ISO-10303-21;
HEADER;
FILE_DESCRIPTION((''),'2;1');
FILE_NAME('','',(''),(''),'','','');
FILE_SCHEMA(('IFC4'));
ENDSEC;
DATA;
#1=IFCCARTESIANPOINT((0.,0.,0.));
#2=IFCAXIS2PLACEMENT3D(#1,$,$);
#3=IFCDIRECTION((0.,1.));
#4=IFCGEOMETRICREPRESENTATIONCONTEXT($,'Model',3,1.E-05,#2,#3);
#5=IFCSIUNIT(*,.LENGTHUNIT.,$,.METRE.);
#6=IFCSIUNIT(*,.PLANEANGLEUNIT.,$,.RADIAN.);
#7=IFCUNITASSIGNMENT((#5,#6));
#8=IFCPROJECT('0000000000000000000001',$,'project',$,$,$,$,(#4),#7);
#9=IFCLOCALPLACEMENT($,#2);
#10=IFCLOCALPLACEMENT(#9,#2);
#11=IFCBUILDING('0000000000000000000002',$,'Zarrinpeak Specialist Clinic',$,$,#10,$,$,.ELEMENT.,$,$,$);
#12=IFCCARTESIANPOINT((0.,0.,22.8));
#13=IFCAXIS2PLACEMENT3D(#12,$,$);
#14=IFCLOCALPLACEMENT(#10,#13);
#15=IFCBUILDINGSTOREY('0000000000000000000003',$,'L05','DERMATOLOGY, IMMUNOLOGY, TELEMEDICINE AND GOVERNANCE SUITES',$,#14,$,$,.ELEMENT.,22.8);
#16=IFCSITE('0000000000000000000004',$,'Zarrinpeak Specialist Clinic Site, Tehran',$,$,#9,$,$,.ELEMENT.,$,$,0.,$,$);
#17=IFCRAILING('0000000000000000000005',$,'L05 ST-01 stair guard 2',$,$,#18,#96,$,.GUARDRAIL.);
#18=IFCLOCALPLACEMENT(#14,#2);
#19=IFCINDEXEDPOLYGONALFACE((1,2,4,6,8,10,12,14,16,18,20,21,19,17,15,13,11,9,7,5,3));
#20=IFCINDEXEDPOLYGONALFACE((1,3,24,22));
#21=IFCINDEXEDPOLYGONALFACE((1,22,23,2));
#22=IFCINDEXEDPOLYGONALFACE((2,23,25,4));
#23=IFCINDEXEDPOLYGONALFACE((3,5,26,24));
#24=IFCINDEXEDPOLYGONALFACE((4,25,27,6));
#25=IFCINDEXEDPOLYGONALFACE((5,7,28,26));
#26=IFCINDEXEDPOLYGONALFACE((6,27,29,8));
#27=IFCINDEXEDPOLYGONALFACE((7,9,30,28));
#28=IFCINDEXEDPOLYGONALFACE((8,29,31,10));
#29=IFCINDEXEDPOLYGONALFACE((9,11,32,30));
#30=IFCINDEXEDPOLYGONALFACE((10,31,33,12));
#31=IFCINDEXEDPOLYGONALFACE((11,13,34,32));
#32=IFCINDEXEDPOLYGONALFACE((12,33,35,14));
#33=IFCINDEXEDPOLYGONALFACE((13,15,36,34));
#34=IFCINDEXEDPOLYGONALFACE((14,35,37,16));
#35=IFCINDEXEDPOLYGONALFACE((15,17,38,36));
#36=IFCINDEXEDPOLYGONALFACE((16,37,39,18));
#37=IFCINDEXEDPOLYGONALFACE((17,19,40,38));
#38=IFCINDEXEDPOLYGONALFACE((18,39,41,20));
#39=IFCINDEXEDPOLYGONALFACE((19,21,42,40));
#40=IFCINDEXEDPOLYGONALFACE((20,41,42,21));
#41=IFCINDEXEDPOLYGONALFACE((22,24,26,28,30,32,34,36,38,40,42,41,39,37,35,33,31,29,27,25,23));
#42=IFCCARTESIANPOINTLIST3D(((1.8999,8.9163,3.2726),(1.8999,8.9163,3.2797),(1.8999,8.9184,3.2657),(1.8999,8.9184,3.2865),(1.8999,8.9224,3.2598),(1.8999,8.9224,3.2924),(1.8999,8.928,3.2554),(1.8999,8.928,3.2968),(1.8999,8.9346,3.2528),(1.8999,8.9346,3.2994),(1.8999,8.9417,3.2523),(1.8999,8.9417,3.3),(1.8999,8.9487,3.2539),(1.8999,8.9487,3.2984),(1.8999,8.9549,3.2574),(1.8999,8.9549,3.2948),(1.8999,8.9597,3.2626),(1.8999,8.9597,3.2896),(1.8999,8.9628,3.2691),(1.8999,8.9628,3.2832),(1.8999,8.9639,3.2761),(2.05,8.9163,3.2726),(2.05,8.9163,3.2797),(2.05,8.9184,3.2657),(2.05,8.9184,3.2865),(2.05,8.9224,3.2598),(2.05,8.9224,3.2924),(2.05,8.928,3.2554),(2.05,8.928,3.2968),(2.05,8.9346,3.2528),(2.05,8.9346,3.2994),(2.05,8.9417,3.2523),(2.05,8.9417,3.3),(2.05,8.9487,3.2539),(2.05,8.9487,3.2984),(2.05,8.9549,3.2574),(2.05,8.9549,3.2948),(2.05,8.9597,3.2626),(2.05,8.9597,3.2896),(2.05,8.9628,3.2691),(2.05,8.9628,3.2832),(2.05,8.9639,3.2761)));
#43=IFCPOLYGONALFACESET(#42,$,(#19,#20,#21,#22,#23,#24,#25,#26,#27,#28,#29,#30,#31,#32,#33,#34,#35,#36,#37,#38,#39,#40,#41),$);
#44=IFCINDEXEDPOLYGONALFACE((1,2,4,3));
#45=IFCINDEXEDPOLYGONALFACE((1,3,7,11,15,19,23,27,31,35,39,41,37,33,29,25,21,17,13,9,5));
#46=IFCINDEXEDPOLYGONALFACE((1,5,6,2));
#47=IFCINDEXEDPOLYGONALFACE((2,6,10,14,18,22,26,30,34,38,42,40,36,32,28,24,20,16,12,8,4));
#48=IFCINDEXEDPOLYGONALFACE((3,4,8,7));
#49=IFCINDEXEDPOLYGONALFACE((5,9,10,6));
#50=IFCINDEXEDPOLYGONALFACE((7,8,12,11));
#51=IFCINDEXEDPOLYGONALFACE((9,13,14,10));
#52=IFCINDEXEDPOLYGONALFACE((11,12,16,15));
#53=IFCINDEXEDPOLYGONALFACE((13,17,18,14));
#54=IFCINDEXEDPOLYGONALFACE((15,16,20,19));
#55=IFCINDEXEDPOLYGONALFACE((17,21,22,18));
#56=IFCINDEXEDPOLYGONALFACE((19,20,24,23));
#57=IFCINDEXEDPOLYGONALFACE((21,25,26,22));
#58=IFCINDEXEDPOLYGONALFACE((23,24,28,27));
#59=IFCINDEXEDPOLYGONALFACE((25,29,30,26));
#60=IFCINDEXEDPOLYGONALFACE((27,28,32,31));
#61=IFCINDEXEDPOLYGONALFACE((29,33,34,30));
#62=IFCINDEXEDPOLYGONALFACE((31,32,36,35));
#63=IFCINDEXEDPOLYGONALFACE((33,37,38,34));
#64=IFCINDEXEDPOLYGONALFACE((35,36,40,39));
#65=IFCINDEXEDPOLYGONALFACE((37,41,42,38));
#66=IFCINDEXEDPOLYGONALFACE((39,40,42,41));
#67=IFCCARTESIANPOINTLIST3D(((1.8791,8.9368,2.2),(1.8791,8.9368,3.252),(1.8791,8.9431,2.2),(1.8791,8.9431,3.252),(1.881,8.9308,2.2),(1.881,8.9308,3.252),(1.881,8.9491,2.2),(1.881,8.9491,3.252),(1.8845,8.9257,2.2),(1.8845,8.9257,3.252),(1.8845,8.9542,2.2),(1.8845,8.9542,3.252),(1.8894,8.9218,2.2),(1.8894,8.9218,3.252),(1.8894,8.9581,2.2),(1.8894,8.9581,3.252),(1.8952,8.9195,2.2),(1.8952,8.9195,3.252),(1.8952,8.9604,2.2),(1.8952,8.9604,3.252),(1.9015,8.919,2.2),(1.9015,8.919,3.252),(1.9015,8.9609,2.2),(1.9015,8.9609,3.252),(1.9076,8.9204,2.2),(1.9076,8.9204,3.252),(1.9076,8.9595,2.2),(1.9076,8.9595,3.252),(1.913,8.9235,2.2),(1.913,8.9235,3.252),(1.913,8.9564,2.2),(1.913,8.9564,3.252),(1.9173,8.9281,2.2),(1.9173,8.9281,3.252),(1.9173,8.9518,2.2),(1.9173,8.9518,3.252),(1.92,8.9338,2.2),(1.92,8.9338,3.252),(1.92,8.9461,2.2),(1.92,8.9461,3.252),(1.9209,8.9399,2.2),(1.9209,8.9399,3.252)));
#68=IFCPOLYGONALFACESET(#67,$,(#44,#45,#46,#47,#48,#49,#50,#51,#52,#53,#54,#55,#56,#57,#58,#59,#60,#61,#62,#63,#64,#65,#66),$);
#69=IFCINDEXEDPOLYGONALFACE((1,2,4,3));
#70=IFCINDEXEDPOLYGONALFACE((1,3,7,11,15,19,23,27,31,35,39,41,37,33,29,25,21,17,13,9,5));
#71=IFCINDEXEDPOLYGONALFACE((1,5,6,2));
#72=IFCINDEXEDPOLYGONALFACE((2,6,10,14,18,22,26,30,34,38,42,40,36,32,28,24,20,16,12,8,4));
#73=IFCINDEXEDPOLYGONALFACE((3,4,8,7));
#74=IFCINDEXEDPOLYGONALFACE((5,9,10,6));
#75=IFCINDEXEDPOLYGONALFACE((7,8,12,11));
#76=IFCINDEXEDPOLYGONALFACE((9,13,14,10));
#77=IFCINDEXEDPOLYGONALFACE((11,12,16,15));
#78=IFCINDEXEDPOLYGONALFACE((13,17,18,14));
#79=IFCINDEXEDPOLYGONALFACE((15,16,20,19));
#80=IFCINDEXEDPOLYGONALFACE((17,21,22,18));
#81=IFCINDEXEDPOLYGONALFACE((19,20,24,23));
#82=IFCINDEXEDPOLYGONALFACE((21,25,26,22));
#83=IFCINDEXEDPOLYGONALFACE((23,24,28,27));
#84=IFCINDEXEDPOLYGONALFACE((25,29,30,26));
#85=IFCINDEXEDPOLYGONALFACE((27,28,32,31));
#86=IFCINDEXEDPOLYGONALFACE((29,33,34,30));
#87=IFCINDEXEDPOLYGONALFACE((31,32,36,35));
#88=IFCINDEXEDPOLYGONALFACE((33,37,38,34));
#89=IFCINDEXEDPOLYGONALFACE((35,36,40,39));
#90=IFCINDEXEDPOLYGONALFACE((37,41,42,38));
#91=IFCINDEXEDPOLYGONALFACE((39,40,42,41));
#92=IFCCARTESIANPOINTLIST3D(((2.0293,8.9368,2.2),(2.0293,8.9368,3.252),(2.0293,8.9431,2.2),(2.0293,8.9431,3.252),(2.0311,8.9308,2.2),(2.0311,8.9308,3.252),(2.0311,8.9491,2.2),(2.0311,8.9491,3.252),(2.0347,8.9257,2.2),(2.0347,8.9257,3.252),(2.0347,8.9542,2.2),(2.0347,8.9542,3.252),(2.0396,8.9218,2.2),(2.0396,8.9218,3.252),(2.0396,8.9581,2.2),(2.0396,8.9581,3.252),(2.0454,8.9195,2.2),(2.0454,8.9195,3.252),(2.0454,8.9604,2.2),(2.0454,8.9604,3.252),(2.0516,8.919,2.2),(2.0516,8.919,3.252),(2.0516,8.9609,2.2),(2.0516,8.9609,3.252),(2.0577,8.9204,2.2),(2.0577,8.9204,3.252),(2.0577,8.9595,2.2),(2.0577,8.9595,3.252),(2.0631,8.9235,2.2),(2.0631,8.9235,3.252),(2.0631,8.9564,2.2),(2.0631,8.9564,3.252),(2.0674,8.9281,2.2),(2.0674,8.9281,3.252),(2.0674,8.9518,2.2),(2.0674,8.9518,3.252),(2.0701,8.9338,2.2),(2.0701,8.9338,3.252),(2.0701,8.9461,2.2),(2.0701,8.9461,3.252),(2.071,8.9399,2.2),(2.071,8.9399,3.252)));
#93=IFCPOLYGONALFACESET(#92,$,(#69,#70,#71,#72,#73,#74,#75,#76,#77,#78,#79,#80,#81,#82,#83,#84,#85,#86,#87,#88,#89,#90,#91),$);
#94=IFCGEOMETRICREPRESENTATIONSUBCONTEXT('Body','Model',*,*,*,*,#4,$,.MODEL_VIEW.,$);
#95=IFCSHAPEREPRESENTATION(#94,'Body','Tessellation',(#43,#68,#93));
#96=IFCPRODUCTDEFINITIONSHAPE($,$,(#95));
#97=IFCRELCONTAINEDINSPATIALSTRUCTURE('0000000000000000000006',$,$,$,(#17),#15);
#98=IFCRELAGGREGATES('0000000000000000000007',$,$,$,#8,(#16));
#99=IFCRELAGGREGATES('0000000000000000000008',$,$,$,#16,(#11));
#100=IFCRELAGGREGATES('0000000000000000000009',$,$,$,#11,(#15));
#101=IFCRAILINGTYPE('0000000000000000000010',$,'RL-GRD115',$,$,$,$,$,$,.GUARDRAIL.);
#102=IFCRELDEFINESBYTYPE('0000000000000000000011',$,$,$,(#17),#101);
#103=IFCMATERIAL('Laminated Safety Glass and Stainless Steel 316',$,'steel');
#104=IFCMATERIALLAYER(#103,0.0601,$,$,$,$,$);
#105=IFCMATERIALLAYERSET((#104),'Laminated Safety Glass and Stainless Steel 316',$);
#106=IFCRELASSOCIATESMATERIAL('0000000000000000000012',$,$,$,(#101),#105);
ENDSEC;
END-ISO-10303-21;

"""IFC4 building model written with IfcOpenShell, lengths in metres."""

from ifc_helpers import new_model, si_unit, direction, frame, origin, origin_2d, place, context, subcontext, project, spatial, circle, extrude, material, layer, layer_set, type_object, element, save


model = new_model("IFC4")

# Units and contexts
model_context = context("Model", 3, precision=1e-05, world=origin(), true_north=direction((0.0, 1.0)))
body_context = subcontext(model_context, "Body", "Model", "MODEL_VIEW")
ifc_project = project(units=[si_unit("LENGTHUNIT", "METRE"), si_unit("PLANEANGLEUNIT", "RADIAN")], contexts=[model_context])

# Site, building, storey
site_placement = place(None, origin())
site = spatial("IfcSite", under=ifc_project, at=site_placement, Name="Zarrinpeak Specialist Clinic Site, Tehran", CompositionType="ELEMENT", RefElevation=0.0)
building_placement = place(site_placement, origin())
building = spatial("IfcBuilding", under=site, at=building_placement, Name="Zarrinpeak Specialist Clinic", CompositionType="ELEMENT")
storey_placement = place(building_placement, frame((0.0, 0.0, 22.8)))
storey = spatial("IfcBuildingStorey", under=building, at=storey_placement, Name="L05", Description="DERMATOLOGY, IMMUNOLOGY, TELEMEDICINE AND GOVERNANCE SUITES", CompositionType="ELEMENT", Elevation=22.8)

# Railing
ifc_material_1 = material(Name="Laminated Safety Glass and Stainless Steel 316", Category="steel")
ifc_layer_1 = layer(ifc_material_1, 0.0601)
ifc_layer_set_1 = layer_set([ifc_layer_1], Name="Laminated Safety Glass and Stainless Steel 316")
railing_type_1 = type_object("IfcRailingType", Name="RL-GRD115", PredefinedType="GUARDRAIL", material=ifc_layer_set_1)
railing_1_placement = place(storey_placement, frame((1.8999, 8.9399, 2.2)))
element("IfcRailing", 1, at=railing_1_placement, inside=storey, type_object=railing_type_1, Name="L05 ST-01 stair guard 2", PredefinedType="GUARDRAIL", context=body_context, shape_type="SweptSolid", body=[
    extrude(circle(Radius=0.0239, at=origin_2d()), frame((0.0, 0.0, 1.0762), z_axis=(1.0, 0.0, 0.0), x_axis=(0.0, 1.0, 0.0)), (0.0, 0.0, 1.0), 0.1501),
    extrude(circle(Radius=0.021, at=origin_2d()), origin(), (0.0, 0.0, 1.0), 1.052),
    extrude(circle(Radius=0.021, at=origin_2d()), frame((0.1501, 0.0, 0.0)), (0.0, 0.0, 1.0), 1.052),
])

save(model, "model.ifc")
